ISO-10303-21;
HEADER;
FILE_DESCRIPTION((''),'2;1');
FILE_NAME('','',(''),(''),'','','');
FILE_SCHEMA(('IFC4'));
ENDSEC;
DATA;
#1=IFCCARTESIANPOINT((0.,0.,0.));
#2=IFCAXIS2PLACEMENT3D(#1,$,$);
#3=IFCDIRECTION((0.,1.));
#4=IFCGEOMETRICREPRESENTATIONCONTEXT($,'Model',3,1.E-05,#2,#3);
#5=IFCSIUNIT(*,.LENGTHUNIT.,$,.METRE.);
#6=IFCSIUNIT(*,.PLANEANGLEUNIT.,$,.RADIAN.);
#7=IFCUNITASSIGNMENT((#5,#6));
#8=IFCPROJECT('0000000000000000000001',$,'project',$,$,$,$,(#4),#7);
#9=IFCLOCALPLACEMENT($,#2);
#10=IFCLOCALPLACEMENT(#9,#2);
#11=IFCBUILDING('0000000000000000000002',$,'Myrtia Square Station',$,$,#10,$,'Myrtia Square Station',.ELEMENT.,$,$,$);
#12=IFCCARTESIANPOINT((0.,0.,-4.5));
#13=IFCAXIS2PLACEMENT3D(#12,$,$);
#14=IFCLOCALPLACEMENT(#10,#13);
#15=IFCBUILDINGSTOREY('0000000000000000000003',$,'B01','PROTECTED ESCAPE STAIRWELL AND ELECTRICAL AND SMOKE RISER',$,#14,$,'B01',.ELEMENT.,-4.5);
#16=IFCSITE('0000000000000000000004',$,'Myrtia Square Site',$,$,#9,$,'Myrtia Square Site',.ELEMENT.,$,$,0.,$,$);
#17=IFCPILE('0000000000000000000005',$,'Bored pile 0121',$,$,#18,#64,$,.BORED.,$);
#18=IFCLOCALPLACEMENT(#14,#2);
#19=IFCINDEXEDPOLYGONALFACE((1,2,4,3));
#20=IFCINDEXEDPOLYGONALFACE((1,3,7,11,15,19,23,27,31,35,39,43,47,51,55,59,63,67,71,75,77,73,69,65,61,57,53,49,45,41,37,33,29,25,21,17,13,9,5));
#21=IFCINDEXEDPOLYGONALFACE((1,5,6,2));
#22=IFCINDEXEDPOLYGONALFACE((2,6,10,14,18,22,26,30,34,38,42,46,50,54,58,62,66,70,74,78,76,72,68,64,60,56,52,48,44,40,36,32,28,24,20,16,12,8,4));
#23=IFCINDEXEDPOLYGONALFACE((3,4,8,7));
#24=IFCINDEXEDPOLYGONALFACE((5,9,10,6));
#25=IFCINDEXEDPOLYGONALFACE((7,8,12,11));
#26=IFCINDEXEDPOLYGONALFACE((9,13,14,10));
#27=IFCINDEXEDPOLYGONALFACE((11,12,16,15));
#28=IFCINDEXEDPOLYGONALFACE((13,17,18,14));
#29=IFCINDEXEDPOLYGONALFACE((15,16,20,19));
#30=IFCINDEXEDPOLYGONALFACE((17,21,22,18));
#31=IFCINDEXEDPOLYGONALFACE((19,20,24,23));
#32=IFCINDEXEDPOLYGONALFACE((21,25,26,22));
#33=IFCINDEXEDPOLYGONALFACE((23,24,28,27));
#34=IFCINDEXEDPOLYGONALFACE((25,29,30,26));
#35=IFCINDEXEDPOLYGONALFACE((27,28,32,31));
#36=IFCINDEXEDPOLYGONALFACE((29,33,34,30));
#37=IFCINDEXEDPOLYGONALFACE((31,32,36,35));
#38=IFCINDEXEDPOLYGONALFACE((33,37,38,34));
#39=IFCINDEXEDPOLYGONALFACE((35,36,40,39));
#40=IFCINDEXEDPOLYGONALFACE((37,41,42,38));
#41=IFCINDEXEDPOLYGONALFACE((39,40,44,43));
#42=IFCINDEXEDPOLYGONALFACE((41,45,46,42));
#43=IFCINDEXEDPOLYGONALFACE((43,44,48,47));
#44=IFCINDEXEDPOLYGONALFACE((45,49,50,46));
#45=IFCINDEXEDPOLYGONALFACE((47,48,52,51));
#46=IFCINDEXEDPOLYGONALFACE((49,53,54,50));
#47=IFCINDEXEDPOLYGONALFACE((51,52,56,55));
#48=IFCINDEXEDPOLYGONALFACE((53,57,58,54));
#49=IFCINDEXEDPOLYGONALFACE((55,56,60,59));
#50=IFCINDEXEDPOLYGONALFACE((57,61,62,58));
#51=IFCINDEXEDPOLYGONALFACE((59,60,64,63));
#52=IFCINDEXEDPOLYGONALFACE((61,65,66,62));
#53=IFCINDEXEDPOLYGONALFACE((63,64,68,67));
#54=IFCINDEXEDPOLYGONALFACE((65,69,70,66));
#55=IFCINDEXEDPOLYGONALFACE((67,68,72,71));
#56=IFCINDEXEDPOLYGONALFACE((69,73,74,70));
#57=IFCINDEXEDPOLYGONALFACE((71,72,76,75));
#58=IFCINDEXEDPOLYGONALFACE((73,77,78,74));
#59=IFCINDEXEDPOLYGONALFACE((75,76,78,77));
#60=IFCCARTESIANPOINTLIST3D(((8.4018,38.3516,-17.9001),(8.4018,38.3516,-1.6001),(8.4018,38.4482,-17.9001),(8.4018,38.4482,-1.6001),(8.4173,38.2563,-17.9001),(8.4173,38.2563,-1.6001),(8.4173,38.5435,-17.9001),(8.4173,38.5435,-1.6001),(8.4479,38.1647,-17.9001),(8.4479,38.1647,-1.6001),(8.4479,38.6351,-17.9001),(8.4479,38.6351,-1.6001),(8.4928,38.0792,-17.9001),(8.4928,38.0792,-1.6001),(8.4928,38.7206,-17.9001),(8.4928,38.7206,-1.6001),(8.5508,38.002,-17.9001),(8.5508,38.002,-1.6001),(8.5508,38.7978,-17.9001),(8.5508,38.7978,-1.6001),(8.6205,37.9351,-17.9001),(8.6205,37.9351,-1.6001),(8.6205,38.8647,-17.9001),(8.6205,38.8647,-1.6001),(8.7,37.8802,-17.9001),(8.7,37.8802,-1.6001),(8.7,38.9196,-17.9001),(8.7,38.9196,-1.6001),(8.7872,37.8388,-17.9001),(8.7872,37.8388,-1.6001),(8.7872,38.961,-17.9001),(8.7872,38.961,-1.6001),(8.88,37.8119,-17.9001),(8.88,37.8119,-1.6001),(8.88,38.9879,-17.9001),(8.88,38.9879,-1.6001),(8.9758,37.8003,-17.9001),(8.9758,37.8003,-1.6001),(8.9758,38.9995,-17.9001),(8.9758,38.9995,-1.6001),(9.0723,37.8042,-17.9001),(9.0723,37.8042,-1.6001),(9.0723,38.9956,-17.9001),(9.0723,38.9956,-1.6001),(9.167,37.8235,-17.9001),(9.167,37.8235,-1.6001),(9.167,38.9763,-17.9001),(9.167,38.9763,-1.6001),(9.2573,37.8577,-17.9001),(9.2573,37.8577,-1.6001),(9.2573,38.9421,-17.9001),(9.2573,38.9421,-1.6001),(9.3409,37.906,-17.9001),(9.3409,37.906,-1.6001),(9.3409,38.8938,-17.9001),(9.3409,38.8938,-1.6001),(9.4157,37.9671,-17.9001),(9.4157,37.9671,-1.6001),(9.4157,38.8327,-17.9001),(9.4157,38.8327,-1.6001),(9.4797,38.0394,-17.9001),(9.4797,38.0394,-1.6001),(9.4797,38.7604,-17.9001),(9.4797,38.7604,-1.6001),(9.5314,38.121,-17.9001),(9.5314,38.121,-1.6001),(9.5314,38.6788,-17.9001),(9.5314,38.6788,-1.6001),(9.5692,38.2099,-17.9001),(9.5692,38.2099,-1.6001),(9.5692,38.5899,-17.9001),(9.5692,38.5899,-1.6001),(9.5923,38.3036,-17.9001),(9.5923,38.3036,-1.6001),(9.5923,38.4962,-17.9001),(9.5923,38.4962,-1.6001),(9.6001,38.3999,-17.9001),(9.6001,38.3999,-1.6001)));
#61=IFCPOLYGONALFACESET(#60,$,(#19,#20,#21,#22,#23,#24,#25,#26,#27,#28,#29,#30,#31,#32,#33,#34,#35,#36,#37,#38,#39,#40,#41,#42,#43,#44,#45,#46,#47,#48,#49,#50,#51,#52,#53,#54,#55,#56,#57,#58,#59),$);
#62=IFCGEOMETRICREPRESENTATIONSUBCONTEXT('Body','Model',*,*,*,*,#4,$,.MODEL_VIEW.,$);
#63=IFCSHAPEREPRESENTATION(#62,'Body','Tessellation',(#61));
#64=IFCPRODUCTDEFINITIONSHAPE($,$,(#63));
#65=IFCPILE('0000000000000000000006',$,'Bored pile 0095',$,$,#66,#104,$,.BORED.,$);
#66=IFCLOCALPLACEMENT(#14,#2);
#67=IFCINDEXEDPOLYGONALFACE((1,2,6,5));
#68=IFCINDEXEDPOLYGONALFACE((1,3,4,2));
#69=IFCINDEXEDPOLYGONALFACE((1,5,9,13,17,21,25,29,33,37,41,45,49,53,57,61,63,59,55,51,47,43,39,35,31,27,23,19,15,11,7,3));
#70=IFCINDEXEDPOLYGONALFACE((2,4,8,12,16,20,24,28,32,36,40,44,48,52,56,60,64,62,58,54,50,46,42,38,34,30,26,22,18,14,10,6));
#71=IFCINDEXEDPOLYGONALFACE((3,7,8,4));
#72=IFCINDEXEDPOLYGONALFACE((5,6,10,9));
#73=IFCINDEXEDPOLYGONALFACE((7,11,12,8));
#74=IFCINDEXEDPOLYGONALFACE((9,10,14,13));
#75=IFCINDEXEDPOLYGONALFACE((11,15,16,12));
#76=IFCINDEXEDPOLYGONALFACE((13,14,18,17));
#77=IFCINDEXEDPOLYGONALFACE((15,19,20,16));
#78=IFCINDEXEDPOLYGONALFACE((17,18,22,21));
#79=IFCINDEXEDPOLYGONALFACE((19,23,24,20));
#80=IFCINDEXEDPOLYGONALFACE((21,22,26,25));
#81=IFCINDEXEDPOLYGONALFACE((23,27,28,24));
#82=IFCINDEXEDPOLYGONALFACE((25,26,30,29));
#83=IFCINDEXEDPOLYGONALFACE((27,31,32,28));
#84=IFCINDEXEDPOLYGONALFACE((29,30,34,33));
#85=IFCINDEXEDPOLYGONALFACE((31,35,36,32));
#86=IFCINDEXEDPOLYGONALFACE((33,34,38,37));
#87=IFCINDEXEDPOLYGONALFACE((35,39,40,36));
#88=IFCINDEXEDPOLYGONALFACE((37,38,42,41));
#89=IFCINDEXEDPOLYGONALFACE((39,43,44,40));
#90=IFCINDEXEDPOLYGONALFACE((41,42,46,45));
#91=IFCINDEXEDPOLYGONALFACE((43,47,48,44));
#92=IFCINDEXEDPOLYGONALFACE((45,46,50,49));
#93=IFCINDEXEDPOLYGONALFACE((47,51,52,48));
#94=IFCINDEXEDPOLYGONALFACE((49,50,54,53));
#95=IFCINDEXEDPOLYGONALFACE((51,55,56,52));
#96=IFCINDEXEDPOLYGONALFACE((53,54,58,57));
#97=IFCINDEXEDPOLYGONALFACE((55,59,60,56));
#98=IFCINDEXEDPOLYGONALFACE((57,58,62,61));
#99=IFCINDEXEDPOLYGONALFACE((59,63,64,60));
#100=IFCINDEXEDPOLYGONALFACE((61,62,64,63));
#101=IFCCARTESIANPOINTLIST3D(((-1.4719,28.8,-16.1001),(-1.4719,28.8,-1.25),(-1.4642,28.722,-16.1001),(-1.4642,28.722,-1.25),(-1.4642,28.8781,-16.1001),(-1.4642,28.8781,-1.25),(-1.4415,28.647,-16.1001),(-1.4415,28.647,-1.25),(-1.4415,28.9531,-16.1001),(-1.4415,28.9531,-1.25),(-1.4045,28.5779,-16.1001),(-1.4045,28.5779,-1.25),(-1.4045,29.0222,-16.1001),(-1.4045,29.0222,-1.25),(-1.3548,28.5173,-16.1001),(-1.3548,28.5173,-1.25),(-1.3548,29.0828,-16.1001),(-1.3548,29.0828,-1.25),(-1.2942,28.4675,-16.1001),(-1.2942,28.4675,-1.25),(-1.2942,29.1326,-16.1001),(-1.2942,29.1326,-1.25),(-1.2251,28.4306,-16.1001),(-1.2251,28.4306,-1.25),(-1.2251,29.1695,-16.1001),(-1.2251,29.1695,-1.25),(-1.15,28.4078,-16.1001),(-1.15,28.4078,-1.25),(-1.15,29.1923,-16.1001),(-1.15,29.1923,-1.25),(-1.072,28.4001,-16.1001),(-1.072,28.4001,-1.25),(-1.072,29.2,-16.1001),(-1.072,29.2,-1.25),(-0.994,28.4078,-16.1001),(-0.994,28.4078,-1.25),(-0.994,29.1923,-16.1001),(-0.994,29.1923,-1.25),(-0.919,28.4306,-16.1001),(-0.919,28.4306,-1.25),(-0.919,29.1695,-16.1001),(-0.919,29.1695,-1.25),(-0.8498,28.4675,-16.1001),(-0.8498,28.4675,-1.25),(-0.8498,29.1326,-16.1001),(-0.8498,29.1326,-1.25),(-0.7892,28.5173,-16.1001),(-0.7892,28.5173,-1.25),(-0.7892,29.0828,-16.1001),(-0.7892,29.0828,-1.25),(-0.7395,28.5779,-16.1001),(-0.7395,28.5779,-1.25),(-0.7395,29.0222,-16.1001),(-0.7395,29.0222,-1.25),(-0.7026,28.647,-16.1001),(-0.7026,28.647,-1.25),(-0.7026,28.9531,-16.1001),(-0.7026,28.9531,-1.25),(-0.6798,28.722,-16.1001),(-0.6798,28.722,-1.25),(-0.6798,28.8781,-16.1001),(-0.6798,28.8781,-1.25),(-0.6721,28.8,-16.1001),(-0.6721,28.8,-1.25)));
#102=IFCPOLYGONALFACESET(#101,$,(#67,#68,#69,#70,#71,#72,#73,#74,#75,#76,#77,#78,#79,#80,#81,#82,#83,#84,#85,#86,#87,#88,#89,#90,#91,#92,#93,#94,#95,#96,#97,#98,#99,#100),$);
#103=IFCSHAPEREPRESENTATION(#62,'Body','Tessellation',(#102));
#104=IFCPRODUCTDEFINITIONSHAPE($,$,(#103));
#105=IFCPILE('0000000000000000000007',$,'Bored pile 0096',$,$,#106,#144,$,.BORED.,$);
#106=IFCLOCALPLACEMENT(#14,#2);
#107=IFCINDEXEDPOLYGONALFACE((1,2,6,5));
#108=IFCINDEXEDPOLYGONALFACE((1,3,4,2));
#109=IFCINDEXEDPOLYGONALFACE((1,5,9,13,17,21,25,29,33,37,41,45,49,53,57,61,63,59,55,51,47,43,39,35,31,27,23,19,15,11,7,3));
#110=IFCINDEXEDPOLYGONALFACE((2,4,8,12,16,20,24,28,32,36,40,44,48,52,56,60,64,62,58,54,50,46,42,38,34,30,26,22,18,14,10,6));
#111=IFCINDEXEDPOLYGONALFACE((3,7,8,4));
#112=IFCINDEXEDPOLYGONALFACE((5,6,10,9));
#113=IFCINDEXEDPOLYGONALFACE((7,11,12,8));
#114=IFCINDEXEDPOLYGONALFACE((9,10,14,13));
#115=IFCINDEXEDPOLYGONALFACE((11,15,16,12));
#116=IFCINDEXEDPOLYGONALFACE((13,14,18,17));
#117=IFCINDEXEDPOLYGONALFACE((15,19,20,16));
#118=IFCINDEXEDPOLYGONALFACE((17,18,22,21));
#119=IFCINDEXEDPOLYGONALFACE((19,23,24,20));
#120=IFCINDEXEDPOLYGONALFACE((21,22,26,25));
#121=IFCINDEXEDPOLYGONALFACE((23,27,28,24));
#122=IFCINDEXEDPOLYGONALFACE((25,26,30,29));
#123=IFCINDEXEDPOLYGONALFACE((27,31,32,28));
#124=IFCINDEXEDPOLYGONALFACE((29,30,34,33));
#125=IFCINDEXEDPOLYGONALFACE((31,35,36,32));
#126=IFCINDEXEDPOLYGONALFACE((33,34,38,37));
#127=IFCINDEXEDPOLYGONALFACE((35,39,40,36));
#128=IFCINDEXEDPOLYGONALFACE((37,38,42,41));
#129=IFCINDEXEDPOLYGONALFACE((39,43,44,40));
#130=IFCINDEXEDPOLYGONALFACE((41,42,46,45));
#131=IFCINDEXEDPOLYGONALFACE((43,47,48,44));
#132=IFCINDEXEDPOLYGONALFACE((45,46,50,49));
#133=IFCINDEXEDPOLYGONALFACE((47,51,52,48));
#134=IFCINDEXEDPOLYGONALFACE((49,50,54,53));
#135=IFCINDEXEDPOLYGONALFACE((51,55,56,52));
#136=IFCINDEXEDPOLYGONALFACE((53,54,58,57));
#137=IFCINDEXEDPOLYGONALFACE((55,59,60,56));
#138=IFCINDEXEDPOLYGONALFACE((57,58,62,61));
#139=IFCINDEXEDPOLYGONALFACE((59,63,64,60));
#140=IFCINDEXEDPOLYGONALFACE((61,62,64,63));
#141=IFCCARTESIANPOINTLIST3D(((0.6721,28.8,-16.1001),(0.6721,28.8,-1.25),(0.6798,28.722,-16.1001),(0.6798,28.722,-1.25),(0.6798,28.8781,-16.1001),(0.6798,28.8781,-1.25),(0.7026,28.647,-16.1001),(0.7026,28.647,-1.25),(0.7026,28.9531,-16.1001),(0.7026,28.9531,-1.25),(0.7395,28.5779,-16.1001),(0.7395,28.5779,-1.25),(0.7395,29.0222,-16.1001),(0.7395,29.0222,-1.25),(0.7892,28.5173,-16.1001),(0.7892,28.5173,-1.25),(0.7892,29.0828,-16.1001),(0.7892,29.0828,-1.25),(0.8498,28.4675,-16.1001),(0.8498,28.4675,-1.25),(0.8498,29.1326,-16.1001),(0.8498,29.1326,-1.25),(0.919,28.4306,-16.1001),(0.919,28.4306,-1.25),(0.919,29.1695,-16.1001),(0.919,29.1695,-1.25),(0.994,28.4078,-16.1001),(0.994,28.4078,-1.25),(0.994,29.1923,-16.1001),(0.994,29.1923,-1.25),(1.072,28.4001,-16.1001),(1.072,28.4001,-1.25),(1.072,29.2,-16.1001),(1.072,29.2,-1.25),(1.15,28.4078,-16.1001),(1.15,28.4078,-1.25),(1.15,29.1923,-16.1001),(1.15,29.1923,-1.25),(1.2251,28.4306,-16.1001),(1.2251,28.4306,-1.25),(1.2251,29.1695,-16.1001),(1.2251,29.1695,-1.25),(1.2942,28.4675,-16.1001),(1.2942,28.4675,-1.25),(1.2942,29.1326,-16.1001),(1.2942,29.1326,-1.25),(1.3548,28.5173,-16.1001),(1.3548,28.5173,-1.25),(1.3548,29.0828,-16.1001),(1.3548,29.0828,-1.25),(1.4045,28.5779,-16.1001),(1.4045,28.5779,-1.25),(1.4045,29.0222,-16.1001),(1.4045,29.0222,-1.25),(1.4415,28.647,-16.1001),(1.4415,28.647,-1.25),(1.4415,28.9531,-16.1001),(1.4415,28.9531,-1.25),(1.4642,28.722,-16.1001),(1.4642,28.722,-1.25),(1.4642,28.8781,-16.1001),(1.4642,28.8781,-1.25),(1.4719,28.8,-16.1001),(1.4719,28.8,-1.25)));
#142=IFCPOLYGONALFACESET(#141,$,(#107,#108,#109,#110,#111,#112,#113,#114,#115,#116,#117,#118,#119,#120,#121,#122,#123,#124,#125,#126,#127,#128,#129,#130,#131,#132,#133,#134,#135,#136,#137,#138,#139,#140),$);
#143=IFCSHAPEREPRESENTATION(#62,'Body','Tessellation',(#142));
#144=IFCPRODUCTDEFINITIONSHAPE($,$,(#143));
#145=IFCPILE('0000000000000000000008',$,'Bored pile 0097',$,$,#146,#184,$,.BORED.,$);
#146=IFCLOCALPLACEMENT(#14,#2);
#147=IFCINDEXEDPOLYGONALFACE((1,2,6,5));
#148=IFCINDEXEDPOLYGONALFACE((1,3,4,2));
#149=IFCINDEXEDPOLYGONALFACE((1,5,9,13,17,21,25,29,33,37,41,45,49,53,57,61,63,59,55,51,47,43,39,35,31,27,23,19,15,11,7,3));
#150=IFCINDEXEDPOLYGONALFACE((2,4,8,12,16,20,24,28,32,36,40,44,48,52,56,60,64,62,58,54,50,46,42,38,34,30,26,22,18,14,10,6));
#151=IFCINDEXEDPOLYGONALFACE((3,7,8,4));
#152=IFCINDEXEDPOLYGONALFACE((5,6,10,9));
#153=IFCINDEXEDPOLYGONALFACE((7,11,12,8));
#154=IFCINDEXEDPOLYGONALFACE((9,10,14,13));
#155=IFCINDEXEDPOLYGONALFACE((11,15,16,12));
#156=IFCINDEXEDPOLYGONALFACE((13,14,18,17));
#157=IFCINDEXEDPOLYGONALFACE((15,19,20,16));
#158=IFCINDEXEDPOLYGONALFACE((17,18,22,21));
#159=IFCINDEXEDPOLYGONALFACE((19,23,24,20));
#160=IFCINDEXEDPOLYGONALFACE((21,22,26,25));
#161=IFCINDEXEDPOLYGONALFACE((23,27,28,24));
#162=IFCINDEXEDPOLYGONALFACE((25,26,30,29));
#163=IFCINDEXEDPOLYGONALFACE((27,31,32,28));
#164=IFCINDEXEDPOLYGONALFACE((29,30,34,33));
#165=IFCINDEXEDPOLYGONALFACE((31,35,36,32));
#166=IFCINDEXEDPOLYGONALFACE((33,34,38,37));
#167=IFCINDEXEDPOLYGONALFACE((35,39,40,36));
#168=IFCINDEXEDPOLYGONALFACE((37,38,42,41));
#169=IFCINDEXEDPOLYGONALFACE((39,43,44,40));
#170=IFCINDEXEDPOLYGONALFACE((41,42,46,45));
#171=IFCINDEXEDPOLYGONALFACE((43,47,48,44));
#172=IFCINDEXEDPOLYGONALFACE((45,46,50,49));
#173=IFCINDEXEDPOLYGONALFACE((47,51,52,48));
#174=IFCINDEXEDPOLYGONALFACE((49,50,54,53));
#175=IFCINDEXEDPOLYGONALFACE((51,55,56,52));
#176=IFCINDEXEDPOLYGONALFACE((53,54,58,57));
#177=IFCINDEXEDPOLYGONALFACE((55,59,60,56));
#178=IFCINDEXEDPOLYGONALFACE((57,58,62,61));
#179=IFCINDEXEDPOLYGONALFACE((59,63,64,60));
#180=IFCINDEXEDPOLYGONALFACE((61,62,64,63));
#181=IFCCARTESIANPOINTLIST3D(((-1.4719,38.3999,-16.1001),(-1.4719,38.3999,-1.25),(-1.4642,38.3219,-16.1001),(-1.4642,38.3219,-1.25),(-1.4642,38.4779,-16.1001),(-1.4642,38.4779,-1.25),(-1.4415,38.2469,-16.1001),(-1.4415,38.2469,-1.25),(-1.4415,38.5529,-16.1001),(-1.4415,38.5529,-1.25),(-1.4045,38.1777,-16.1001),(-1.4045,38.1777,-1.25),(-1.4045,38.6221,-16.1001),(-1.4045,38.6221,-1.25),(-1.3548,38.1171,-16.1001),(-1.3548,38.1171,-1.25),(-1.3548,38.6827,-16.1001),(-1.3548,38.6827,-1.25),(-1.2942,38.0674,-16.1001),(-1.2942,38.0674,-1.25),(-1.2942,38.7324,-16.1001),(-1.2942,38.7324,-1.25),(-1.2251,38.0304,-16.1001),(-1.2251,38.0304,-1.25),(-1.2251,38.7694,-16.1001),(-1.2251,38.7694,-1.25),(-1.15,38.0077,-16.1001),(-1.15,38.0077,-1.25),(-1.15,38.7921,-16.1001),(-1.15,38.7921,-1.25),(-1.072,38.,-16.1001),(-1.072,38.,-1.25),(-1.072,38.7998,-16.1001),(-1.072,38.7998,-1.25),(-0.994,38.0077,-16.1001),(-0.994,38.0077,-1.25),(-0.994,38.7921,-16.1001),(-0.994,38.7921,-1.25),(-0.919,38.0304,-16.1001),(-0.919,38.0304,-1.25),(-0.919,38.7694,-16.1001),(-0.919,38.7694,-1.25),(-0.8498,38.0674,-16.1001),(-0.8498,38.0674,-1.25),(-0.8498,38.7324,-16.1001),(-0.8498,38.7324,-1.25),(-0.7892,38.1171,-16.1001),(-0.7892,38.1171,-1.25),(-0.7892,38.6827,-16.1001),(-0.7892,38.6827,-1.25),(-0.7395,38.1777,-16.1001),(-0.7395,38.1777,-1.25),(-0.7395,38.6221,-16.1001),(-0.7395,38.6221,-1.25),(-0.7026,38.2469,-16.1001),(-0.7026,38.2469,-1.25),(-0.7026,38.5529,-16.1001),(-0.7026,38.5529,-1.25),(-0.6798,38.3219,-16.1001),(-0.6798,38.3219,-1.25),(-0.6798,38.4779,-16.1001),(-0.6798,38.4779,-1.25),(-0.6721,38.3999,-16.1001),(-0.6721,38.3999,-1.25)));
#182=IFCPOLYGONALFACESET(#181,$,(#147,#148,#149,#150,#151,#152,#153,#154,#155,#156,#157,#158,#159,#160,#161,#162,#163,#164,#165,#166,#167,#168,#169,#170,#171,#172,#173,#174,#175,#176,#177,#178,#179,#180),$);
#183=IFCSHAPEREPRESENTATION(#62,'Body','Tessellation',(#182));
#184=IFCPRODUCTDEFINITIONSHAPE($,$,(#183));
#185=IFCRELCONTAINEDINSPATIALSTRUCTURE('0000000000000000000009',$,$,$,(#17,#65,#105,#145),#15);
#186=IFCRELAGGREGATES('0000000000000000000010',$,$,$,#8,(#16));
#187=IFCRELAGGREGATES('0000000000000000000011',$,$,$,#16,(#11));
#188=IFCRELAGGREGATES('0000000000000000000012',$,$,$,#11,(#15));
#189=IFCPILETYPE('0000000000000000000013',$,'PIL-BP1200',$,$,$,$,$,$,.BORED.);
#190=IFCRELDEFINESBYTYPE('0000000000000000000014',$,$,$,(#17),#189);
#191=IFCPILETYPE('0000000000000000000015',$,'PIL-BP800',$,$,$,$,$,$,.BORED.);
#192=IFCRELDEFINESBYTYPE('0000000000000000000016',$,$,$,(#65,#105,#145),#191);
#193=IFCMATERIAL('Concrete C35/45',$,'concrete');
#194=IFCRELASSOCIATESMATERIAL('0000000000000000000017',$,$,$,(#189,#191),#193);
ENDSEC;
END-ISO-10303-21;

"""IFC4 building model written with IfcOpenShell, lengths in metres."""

from ifc_helpers import new_model, si_unit, direction, frame, origin, origin_2d, place, context, subcontext, project, spatial, circle, extrude, material, material_profile, profile_set, type_object, element, save


model = new_model("IFC4")

# Units and contexts
model_context = context("Model", 3, precision=1e-05, world=origin(), true_north=direction((0.0, 1.0)))
body_context = subcontext(model_context, "Body", "Model", "MODEL_VIEW")
ifc_project = project(units=[si_unit("LENGTHUNIT", "METRE"), si_unit("PLANEANGLEUNIT", "RADIAN")], contexts=[model_context])

# Site, building, storey
site_placement = place(None, origin())
site = spatial("IfcSite", under=ifc_project, at=site_placement, Name="Myrtia Square Site", LongName="Myrtia Square Site", CompositionType="ELEMENT", RefElevation=0.0)
building_placement = place(site_placement, origin())
building = spatial("IfcBuilding", under=site, at=building_placement, Name="Myrtia Square Station", LongName="Myrtia Square Station", CompositionType="ELEMENT")
storey_placement = place(building_placement, frame((0.0, 0.0, -4.5)))
storey = spatial("IfcBuildingStorey", under=building, at=storey_placement, Name="B01", Description="PROTECTED ESCAPE STAIRWELL AND ELECTRICAL AND SMOKE RISER", LongName="B01", CompositionType="ELEMENT", Elevation=-4.5)

# Shared definitions
ifc_material_1 = material(Name="Concrete C35/45", Category="concrete")

# Piles
ifc_material_profile_1 = material_profile(ifc_material_1, circle(Radius=0.6001, at=origin_2d()), Name="BP D1200")
ifc_profile_set_1 = profile_set([ifc_material_profile_1], Name="Concrete C35/45")
pile_type_1 = type_object("IfcPileType", Name="PIL-BP1200", PredefinedType="BORED", material=ifc_profile_set_1)
pile_placement = place(storey_placement, frame((9.0, 38.3999, -1.6001), z_axis=(0.0, 0.0, -1.0), x_axis=(1.0, 0.0, 0.0)))
element("IfcPile", 1, at=pile_placement, inside=storey, type_object=pile_type_1, Name="Bored pile 0121", PredefinedType="BORED", context=body_context, shape_type="SweptSolid", body=[
    extrude(circle(Radius=0.6001, at=origin_2d()), origin(), (0.0, 0.0, 1.0), 16.3),
])
ifc_material_profile_2 = material_profile(ifc_material_1, circle(Radius=0.3999, at=origin_2d()), Name="BP D800")
ifc_profile_set_2 = profile_set([ifc_material_profile_2], Name="Concrete C35/45")
pile_type_2 = type_object("IfcPileType", Name="PIL-BP800", PredefinedType="BORED", material=ifc_profile_set_2)
for number, where, z_axis, x_axis, name in (
    (2, (-1.072, 28.8, -1.25), (0.0, 0.0, -1.0), (1.0, 0.0, 0.0), "Bored pile 0095"),
    (3, (1.072, 28.8, -1.25), (0.0, 0.0, -1.0), (1.0, 0.0, 0.0), "Bored pile 0096"),
    (4, (-1.072, 38.3999, -1.25), (0.0, 0.0, -1.0), (1.0, 0.0, 0.0), "Bored pile 0097"),
):
    element("IfcPile", number, at=place(storey_placement, frame(where, z_axis=z_axis, x_axis=x_axis)), inside=storey, type_object=pile_type_2, Name=name, PredefinedType="BORED", context=body_context, shape_type="SweptSolid", body=[
        extrude(circle(Radius=0.3999, at=origin_2d()), origin(), (0.0, 0.0, 1.0), 14.8501),
    ])

save(model, "model.ifc")
